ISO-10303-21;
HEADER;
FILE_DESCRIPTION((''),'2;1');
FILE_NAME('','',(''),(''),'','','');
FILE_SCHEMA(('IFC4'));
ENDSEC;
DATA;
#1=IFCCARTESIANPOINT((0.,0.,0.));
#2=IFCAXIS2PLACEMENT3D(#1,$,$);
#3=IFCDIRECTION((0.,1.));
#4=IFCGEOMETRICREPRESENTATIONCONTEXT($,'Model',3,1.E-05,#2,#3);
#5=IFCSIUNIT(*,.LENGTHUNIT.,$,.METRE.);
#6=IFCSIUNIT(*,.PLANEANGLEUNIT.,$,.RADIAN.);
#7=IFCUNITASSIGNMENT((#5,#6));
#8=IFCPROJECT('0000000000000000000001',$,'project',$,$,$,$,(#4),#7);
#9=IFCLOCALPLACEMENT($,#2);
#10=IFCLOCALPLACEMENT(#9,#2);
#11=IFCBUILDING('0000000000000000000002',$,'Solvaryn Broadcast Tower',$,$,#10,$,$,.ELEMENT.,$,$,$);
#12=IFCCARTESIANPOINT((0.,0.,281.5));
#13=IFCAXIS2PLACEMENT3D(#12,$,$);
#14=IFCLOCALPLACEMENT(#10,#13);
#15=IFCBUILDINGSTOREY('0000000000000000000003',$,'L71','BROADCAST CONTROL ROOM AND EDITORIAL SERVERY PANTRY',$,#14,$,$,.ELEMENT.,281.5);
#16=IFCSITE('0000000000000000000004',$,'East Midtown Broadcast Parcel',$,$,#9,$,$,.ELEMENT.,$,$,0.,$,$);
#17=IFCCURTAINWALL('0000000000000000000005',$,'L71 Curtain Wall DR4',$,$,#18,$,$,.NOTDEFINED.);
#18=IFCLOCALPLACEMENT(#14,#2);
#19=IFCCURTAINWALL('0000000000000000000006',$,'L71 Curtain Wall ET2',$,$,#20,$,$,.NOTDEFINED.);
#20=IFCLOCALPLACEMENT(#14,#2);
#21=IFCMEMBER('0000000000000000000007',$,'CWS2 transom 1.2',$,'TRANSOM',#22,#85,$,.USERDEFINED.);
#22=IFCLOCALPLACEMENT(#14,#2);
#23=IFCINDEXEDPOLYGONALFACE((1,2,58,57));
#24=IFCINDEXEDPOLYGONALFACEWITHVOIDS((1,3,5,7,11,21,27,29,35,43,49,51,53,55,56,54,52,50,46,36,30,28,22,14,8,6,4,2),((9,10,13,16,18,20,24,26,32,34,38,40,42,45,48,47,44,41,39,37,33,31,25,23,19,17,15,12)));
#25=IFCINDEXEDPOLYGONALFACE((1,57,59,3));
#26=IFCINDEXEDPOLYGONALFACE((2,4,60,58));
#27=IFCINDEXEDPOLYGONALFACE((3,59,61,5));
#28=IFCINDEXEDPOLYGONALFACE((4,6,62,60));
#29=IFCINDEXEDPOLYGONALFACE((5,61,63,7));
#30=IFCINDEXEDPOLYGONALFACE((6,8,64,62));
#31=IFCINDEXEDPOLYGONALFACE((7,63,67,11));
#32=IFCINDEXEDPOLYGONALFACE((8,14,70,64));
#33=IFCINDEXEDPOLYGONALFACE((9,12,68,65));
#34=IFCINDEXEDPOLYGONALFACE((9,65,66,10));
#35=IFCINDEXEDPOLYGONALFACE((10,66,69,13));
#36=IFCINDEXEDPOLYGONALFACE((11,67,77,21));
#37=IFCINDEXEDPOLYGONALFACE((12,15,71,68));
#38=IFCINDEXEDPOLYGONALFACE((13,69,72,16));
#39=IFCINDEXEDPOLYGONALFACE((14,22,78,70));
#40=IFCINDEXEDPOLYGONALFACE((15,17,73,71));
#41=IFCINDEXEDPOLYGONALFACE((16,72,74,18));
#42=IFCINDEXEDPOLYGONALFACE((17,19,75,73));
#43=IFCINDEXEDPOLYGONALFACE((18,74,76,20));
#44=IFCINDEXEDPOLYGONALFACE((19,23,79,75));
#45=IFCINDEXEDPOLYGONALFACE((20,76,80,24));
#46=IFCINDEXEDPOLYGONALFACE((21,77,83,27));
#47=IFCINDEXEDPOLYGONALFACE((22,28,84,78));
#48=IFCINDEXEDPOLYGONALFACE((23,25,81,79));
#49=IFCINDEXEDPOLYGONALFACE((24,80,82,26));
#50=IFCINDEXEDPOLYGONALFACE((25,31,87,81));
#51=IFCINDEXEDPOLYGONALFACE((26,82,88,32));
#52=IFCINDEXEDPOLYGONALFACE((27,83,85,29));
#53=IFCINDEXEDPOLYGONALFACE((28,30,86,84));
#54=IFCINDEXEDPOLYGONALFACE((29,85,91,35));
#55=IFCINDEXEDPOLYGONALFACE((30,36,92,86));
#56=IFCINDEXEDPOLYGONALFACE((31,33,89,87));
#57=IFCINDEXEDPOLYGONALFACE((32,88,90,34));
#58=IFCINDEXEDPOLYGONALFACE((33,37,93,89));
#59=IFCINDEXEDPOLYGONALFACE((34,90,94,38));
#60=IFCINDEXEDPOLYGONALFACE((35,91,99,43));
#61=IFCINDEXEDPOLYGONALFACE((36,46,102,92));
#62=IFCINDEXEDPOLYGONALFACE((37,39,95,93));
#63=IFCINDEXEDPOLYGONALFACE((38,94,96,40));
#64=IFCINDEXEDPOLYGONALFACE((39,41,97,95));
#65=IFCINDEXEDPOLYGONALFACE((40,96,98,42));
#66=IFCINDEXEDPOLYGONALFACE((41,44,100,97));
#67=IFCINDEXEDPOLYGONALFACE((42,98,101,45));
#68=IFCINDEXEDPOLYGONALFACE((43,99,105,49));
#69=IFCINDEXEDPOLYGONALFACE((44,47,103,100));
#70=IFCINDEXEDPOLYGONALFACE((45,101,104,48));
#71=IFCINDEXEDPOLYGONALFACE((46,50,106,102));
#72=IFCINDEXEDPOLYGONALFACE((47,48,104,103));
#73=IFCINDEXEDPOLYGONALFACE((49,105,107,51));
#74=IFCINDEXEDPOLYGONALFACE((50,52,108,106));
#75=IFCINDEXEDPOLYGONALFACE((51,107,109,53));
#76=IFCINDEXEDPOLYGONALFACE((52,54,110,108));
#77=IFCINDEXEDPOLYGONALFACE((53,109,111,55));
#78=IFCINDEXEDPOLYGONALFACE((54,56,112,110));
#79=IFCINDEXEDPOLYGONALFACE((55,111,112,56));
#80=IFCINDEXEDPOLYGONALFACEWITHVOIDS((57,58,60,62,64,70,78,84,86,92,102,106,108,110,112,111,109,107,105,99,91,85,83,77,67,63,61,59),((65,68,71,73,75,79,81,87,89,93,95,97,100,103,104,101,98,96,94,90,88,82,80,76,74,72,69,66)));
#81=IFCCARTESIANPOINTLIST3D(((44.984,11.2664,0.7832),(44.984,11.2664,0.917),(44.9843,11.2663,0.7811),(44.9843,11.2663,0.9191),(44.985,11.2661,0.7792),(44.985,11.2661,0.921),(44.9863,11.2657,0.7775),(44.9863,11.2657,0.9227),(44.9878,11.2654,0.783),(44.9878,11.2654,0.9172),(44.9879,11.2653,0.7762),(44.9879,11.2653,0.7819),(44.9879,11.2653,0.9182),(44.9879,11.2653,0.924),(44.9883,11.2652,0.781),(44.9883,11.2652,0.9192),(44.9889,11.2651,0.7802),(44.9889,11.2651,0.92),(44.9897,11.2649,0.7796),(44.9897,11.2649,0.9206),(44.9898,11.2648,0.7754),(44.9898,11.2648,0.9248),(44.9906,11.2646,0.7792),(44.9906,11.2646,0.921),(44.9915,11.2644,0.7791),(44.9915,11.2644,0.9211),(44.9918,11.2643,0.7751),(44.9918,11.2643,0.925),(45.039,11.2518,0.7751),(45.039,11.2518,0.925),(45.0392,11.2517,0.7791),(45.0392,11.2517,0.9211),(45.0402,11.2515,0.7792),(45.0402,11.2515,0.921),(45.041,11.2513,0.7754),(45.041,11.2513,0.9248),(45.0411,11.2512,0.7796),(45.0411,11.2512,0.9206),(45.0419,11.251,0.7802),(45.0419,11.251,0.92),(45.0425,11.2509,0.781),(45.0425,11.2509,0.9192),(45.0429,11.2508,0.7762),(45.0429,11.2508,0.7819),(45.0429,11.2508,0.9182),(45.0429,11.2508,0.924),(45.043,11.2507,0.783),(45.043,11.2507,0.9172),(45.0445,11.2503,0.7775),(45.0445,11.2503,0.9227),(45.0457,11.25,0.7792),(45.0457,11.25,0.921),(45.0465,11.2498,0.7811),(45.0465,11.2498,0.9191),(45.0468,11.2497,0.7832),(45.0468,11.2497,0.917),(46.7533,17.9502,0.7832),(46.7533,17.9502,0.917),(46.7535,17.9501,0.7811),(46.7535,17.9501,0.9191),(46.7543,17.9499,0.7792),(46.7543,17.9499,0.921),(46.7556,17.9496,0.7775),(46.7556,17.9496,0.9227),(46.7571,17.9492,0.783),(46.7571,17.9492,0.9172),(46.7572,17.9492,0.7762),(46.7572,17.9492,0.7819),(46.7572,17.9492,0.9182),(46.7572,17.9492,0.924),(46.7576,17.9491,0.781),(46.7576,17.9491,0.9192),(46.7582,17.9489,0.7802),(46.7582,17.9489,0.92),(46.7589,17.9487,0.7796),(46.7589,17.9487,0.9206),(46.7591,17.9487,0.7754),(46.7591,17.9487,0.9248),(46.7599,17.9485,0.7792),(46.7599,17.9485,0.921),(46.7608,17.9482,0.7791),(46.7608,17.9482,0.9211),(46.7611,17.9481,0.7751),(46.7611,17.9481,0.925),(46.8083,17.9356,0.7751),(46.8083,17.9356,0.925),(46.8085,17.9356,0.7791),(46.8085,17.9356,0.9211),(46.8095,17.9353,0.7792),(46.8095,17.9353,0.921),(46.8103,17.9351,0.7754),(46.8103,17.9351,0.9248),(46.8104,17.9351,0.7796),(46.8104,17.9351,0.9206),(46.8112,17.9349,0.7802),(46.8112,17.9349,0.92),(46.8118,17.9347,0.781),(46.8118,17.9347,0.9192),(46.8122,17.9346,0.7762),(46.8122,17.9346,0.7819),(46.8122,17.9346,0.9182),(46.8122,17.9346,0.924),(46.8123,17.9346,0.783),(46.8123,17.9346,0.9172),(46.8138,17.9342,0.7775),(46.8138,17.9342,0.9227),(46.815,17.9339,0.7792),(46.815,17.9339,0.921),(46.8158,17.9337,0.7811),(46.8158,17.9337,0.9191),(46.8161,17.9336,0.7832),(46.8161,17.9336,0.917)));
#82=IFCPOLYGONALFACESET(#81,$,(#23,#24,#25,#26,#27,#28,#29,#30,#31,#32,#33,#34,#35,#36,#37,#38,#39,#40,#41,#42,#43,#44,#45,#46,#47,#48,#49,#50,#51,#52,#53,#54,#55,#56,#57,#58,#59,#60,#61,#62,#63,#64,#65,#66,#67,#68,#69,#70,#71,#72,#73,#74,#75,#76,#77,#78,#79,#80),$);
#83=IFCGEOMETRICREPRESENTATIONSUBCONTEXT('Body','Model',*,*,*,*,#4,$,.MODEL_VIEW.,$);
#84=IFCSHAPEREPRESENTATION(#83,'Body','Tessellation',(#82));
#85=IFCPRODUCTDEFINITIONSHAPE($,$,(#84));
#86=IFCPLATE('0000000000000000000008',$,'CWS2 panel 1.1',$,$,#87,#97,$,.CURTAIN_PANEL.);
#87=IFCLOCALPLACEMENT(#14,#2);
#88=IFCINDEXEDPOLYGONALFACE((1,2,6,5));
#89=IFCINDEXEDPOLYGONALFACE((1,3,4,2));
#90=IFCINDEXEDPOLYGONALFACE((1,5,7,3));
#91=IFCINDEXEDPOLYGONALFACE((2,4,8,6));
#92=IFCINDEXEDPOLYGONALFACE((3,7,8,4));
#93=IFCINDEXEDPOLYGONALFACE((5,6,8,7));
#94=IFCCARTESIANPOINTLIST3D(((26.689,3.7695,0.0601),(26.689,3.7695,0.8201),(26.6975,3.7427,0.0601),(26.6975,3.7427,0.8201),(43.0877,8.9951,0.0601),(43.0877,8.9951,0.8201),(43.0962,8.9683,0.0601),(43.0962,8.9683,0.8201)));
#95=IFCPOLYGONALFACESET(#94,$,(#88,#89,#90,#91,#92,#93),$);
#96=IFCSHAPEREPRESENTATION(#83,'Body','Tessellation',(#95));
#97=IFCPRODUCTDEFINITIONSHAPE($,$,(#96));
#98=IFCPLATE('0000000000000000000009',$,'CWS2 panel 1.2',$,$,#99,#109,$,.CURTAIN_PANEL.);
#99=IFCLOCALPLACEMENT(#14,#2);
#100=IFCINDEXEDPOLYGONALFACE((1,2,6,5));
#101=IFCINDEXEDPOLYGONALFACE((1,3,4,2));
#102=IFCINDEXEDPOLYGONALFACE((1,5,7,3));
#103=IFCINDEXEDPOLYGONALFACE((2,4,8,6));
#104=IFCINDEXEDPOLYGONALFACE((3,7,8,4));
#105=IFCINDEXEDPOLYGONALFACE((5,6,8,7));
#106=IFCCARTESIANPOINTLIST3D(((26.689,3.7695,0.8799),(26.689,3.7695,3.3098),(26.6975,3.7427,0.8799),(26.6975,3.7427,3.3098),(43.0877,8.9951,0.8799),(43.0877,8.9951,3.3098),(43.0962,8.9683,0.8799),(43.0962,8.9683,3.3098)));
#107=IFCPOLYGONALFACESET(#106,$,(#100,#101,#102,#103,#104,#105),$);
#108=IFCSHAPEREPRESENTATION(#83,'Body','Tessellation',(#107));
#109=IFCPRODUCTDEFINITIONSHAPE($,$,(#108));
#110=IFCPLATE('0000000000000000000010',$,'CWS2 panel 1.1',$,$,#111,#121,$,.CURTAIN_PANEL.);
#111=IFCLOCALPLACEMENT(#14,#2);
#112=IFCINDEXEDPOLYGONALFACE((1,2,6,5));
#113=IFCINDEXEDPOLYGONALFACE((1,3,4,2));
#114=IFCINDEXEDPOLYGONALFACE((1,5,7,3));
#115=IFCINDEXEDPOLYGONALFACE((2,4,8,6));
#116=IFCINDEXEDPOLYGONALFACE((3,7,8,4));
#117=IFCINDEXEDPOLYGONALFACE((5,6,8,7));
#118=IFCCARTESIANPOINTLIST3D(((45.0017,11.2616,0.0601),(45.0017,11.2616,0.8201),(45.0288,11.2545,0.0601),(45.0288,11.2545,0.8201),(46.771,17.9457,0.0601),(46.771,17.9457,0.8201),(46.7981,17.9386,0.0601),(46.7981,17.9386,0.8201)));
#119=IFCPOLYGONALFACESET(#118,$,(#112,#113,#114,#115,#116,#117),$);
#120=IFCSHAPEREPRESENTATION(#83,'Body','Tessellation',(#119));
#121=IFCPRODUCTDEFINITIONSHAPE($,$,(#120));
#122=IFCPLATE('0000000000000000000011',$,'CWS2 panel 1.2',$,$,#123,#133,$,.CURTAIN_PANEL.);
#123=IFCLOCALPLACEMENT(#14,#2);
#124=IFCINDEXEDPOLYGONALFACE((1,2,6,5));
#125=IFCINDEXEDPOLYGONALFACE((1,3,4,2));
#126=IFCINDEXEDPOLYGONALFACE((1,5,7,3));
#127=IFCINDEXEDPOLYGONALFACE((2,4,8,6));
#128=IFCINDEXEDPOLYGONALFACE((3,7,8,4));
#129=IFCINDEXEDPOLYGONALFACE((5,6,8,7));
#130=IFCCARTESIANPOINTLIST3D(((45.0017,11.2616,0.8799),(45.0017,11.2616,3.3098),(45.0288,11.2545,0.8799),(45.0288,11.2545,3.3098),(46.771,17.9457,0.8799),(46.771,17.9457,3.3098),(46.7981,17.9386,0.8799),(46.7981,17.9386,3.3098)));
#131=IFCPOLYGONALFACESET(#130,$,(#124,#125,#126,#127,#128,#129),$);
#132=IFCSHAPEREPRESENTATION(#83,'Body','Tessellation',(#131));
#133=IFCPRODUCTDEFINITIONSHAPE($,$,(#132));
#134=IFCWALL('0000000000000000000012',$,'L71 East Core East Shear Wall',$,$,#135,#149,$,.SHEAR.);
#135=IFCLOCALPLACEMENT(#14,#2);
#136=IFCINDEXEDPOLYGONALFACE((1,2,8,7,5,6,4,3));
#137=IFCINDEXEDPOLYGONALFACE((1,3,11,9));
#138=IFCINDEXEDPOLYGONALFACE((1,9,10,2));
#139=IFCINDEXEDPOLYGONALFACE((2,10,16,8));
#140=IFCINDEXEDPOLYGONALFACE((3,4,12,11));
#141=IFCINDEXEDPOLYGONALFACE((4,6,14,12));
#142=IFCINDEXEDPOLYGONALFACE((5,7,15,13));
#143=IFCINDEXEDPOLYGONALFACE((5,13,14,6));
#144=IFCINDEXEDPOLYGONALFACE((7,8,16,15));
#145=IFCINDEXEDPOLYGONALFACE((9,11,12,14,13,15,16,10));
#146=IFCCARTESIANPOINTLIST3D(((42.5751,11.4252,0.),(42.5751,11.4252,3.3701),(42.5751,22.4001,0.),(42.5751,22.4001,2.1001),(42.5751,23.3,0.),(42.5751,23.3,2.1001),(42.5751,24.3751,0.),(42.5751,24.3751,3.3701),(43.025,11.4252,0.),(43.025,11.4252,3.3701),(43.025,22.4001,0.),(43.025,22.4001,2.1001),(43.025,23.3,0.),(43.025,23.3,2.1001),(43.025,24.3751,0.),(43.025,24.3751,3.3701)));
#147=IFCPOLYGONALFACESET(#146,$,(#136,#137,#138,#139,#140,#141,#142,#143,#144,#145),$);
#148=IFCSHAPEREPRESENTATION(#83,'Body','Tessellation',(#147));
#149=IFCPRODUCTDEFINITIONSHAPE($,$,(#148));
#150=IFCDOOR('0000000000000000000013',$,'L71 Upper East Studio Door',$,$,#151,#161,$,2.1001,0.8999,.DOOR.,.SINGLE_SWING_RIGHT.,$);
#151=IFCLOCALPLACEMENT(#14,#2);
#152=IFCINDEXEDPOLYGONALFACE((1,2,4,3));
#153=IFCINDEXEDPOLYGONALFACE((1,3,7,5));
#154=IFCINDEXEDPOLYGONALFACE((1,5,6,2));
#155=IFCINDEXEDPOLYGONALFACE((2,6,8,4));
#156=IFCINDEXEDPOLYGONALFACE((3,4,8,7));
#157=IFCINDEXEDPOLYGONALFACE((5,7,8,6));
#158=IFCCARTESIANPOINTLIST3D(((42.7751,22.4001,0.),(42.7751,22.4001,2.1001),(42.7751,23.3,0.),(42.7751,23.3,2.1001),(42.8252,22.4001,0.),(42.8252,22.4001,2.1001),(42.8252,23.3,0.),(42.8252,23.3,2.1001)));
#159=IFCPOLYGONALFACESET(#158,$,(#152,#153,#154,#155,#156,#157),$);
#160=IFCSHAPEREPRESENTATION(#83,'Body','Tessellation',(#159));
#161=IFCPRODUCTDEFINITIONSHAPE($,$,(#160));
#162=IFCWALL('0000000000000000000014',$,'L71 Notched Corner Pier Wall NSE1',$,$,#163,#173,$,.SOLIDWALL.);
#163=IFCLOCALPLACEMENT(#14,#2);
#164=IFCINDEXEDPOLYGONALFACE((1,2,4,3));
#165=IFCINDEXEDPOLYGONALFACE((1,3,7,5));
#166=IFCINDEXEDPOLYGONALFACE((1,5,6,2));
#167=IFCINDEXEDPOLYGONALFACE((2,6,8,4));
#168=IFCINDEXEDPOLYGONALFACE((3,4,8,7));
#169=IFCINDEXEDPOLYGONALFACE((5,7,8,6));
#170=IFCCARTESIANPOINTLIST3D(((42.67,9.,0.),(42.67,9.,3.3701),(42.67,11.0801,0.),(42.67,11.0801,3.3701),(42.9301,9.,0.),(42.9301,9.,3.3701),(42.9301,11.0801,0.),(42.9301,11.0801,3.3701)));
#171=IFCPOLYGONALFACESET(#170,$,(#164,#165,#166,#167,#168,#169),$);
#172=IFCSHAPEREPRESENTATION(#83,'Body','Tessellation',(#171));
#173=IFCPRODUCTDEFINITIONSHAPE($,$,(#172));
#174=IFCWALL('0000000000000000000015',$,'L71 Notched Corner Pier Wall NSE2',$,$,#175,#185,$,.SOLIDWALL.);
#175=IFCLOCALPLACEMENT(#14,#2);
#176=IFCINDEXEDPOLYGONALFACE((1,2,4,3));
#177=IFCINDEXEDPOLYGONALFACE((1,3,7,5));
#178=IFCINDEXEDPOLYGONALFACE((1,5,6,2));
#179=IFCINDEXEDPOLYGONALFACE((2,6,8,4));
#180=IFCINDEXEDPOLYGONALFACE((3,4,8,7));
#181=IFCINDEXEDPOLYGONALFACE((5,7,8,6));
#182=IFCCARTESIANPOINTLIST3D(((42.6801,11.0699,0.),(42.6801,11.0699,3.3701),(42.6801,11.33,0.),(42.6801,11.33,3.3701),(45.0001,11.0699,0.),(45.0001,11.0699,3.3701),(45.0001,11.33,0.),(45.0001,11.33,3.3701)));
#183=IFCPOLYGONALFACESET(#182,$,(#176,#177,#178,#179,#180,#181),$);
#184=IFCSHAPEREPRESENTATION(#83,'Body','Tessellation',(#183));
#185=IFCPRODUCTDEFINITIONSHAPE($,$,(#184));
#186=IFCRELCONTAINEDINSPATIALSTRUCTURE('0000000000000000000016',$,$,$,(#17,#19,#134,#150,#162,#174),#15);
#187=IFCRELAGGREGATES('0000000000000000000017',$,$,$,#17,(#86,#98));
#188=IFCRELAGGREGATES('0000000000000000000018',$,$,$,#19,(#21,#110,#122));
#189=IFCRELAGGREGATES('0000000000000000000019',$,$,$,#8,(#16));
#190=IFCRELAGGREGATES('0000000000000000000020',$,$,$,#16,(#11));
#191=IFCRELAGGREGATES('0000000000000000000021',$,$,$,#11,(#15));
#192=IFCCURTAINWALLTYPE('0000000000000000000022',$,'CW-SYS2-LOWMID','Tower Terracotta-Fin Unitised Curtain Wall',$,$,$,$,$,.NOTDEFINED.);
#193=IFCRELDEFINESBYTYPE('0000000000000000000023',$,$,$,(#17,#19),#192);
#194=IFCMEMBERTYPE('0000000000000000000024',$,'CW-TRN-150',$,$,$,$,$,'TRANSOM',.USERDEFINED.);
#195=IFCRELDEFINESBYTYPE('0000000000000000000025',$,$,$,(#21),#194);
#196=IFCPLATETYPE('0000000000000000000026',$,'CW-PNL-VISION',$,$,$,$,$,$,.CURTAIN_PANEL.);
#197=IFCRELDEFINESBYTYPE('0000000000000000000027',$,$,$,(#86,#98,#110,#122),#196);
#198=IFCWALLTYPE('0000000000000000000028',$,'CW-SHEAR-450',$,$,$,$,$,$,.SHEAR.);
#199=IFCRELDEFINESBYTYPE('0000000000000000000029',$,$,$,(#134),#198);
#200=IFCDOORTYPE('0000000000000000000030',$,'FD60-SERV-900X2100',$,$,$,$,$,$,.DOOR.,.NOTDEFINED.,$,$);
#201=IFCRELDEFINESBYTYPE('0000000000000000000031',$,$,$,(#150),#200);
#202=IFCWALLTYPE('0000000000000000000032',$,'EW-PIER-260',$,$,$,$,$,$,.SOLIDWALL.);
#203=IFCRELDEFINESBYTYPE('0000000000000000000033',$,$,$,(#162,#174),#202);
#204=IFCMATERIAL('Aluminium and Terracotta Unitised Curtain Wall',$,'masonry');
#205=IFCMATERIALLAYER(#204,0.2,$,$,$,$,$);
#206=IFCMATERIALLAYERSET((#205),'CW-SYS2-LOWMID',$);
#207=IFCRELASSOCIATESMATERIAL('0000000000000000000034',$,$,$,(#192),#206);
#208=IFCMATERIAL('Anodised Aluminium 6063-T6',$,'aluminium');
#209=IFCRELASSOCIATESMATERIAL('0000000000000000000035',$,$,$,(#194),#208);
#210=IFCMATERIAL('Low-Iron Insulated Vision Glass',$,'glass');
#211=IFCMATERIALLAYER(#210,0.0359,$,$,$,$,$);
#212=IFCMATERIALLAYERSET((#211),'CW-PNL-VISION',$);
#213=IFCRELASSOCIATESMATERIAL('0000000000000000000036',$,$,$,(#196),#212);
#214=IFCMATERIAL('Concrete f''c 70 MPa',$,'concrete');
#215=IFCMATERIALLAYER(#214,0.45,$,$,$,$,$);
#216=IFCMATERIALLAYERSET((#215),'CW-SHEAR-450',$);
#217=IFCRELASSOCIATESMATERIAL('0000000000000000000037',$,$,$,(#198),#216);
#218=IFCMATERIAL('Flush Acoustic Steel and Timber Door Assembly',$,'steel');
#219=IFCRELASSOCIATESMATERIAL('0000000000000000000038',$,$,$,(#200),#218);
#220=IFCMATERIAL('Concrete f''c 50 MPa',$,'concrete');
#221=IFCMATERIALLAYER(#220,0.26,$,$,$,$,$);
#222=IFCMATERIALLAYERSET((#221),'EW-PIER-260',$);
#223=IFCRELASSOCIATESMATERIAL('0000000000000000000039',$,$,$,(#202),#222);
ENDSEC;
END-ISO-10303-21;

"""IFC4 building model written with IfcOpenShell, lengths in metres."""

from ifc_helpers import new_model, si_unit, direction, frame, frame_2d, origin, origin_2d, place, context, subcontext, project, spatial, rectangle, hollow_rectangle, extrude, material, layer, layer_set, material_profile, profile_set, type_object, element, fill, aggregate, save


model = new_model("IFC4")

# Units and contexts
model_context = context("Model", 3, precision=1e-05, world=origin(), true_north=direction((0.0, 1.0)))
body_context = subcontext(model_context, "Body", "Model", "MODEL_VIEW")
ifc_project = project(units=[si_unit("LENGTHUNIT", "METRE"), si_unit("PLANEANGLEUNIT", "RADIAN")], contexts=[model_context])

# Site, building, storey
site_placement = place(None, origin())
site = spatial("IfcSite", under=ifc_project, at=site_placement, Name="East Midtown Broadcast Parcel", CompositionType="ELEMENT", RefElevation=0.0)
building_placement = place(site_placement, origin())
building = spatial("IfcBuilding", under=site, at=building_placement, Name="Solvaryn Broadcast Tower", CompositionType="ELEMENT")
storey_placement = place(building_placement, frame((0.0, 0.0, 281.5)))
storey = spatial("IfcBuildingStorey", under=building, at=storey_placement, Name="L71", Description="BROADCAST CONTROL ROOM AND EDITORIAL SERVERY PANTRY", CompositionType="ELEMENT", Elevation=281.5)

# Curtain wall
ifc_material_1 = material(Name="Aluminium and Terracotta Unitised Curtain Wall", Category="masonry")
ifc_layer_1 = layer(ifc_material_1, 0.2)
ifc_layer_set_1 = layer_set([ifc_layer_1], Name="CW-SYS2-LOWMID")
curtain_wall_type = type_object("IfcCurtainWallType", Name="CW-SYS2-LOWMID", Description="Tower Terracotta-Fin Unitised Curtain Wall", PredefinedType="NOTDEFINED", material=ifc_layer_set_1)
curtain_wall_1_placement = place(storey_placement, origin())
curtain_wall_1 = element("IfcCurtainWall", 1, at=curtain_wall_1_placement, inside=storey, type_object=curtain_wall_type, Name="L71 Curtain Wall DR4", PredefinedType="NOTDEFINED")

# Curtain wall, member
curtain_wall_2_placement = place(storey_placement, origin())
curtain_wall_2 = element("IfcCurtainWall", 2, at=curtain_wall_2_placement, inside=storey, type_object=curtain_wall_type, Name="L71 Curtain Wall ET2", PredefinedType="NOTDEFINED")
ifc_material_2 = material(Name="Anodised Aluminium 6063-T6", Category="aluminium")
ifc_material_profile_1 = material_profile(ifc_material_2, hollow_rectangle(XDim=0.0649, YDim=0.1499, WallThickness=0.0039, InnerFilletRadius=0.0039, OuterFilletRadius=0.0081, at=origin_2d()))
ifc_profile_set_1 = profile_set([ifc_material_profile_1], Name="Anodised Aluminium 6063-T6")
member_type_1 = type_object("IfcMemberType", Name="CW-TRN-150", ElementType="TRANSOM", PredefinedType="USERDEFINED", material=ifc_profile_set_1)
member_1_placement = place(storey_placement, frame((46.7847, 17.9419, 0.8501), z_axis=(-0.255897, -0.966704, 0.0), x_axis=(0.966704, -0.255897, 0.0)))
member_1 = element("IfcMember", 3, at=member_1_placement, type_object=member_type_1, Name="CWS2 transom 1.2", ObjectType="TRANSOM", PredefinedType="USERDEFINED", context=body_context, shape_type="SweptSolid", body=[
    extrude(hollow_rectangle(XDim=0.0649, YDim=0.1499, WallThickness=0.0039, InnerFilletRadius=0.0039, OuterFilletRadius=0.0081, at=origin_2d()), origin(), (0.0, 0.0, 1.0), 6.9141),
])

# Plates
ifc_material_3 = material(Name="Low-Iron Insulated Vision Glass", Category="glass")
ifc_layer_2 = layer(ifc_material_3, 0.0359)
ifc_layer_set_2 = layer_set([ifc_layer_2], Name="CW-PNL-VISION")
plate_type = type_object("IfcPlateType", Name="CW-PNL-VISION", PredefinedType="CURTAIN_PANEL", material=ifc_layer_set_2)
plate_1_placement = place(storey_placement, frame((34.8926, 6.3689, 0.0601), z_axis=(0.0, 0.0, 1.0), x_axis=(0.952795, 0.303616, 0.0)))
plate_1 = element("IfcPlate", 4, at=plate_1_placement, type_object=plate_type, Name="CWS2 panel 1.1", PredefinedType="CURTAIN_PANEL", context=body_context, shape_type="SweptSolid", body=[
    extrude(rectangle(XDim=17.2112, YDim=0.0281, at=origin_2d()), origin(), (0.0, 0.0, 1.0), 0.76),
])
plate_2_placement = place(storey_placement, frame((34.8926, 6.3689, 0.8799), z_axis=(0.0, 0.0, 1.0), x_axis=(0.952795, 0.303616, 0.0)))
plate_2 = element("IfcPlate", 5, at=plate_2_placement, type_object=plate_type, Name="CWS2 panel 1.2", PredefinedType="CURTAIN_PANEL", context=body_context, shape_type="SweptSolid", body=[
    extrude(rectangle(XDim=17.2112, YDim=0.0281, at=origin_2d()), origin(), (0.0, 0.0, 1.0), 2.4299),
])
aggregate(curtain_wall_1, [plate_1, plate_2])
plate_3_placement = place(storey_placement, frame((45.8999, 14.6001, 0.0601), z_axis=(0.0, 0.0, 1.0), x_axis=(-0.255893, -0.966705, 0.0)))
plate_3 = element("IfcPlate", 6, at=plate_3_placement, type_object=plate_type, Name="CWS2 panel 1.1", PredefinedType="CURTAIN_PANEL", context=body_context, shape_type="SweptSolid", body=[
    extrude(rectangle(XDim=6.9143, YDim=0.0281, at=origin_2d()), origin(), (0.0, 0.0, 1.0), 0.76),
])
plate_4_placement = place(storey_placement, frame((45.8999, 14.6001, 0.8799), z_axis=(0.0, 0.0, 1.0), x_axis=(-0.255893, -0.966705, 0.0)))
plate_4 = element("IfcPlate", 7, at=plate_4_placement, type_object=plate_type, Name="CWS2 panel 1.2", PredefinedType="CURTAIN_PANEL", context=body_context, shape_type="SweptSolid", body=[
    extrude(rectangle(XDim=6.9143, YDim=0.0281, at=origin_2d()), origin(), (0.0, 0.0, 1.0), 2.4299),
])
aggregate(curtain_wall_2, [member_1, plate_3, plate_4])

# Wall, opening, door
ifc_material_4 = material(Name="Concrete f'c 70 MPa", Category="concrete")
ifc_layer_3 = layer(ifc_material_4, 0.45)
ifc_layer_set_3 = layer_set([ifc_layer_3], Name="CW-SHEAR-450")
wall_type_1 = type_object("IfcWallType", Name="CW-SHEAR-450", PredefinedType="SHEAR", material=ifc_layer_set_3)
wall_1_placement = place(storey_placement, frame((42.8, 11.425, 0.0), z_axis=(0.0, 0.0, 1.0), x_axis=(0.0, 1.0, 0.0)))
wall_1 = element("IfcWall", 8, at=wall_1_placement, inside=storey, type_object=wall_type_1, Name="L71 East Core East Shear Wall", PredefinedType="SHEAR", context=body_context, shape_type="SweptSolid", body=[
    extrude(rectangle(XDim=12.95, YDim=0.45, at=frame_2d((6.4751, 0.0))), origin(), (0.0, 0.0, 1.0), 3.3701),
])
opening_1_placement = place(wall_1_placement, frame((10.9751, 0.0, 0.0)))
opening_1 = element("IfcOpeningElement", 9, at=opening_1_placement, cuts=wall_1, PredefinedType="OPENING", context=body_context, shape_type="SweptSolid", body=[
    extrude(rectangle(XDim=0.8999, YDim=2.1001, at=frame_2d((0.45, 1.05))), frame((0.0, 0.2351, 0.0), z_axis=(0.0, -1.0, 0.0), x_axis=(1.0, 0.0, 0.0)), (0.0, 0.0, 1.0), 0.47),
])
ifc_material_5 = material(Name="Flush Acoustic Steel and Timber Door Assembly", Category="steel")
door_type = type_object("IfcDoorType", Name="FD60-SERV-900X2100", OperationType="NOTDEFINED", PredefinedType="DOOR", material=ifc_material_5)
door_1_placement = place(opening_1_placement, origin())
door_1 = element("IfcDoor", 10, at=door_1_placement, inside=storey, type_object=door_type, Name="L71 Upper East Studio Door", OperationType="SINGLE_SWING_RIGHT", OverallHeight=2.1001, OverallWidth=0.8999, PredefinedType="DOOR", context=body_context, shape_type="SweptSolid", body=[
    extrude(rectangle(XDim=0.8999, YDim=2.1001, at=frame_2d((0.45, 1.05))), frame((0.0, 0.0249, 0.0), z_axis=(0.0, -1.0, 0.0), x_axis=(1.0, 0.0, 0.0)), (0.0, 0.0, 1.0), 0.05),
])
fill(opening_1, door_1)

# Walls
ifc_material_6 = material(Name="Concrete f'c 50 MPa", Category="concrete")
ifc_layer_4 = layer(ifc_material_6, 0.26)
ifc_layer_set_4 = layer_set([ifc_layer_4], Name="EW-PIER-260")
wall_type_2 = type_object("IfcWallType", Name="EW-PIER-260", PredefinedType="SOLIDWALL", material=ifc_layer_set_4)
wall_2_placement = place(storey_placement, frame((42.8, 9.0, 0.0), z_axis=(0.0, 0.0, 1.0), x_axis=(0.0, 1.0, 0.0)))
element("IfcWall", 11, at=wall_2_placement, inside=storey, type_object=wall_type_2, Name="L71 Notched Corner Pier Wall NSE1", PredefinedType="SOLIDWALL", context=body_context, shape_type="SweptSolid", body=[
    extrude(rectangle(XDim=2.0801, YDim=0.26, at=frame_2d((1.04, 0.0))), origin(), (0.0, 0.0, 1.0), 3.3701),
])
wall_3_placement = place(storey_placement, frame((42.6799, 11.2, 0.0), z_axis=(0.0, 0.0, 1.0), x_axis=(1.0, 0.0, 0.0)))
element("IfcWall", 12, at=wall_3_placement, inside=storey, type_object=wall_type_2, Name="L71 Notched Corner Pier Wall NSE2", PredefinedType="SOLIDWALL", context=body_context, shape_type="SweptSolid", body=[
    extrude(rectangle(XDim=2.3201, YDim=0.26, at=frame_2d((1.1602, 0.0))), origin(), (0.0, 0.0, 1.0), 3.3701),
])

save(model, "model.ifc")
